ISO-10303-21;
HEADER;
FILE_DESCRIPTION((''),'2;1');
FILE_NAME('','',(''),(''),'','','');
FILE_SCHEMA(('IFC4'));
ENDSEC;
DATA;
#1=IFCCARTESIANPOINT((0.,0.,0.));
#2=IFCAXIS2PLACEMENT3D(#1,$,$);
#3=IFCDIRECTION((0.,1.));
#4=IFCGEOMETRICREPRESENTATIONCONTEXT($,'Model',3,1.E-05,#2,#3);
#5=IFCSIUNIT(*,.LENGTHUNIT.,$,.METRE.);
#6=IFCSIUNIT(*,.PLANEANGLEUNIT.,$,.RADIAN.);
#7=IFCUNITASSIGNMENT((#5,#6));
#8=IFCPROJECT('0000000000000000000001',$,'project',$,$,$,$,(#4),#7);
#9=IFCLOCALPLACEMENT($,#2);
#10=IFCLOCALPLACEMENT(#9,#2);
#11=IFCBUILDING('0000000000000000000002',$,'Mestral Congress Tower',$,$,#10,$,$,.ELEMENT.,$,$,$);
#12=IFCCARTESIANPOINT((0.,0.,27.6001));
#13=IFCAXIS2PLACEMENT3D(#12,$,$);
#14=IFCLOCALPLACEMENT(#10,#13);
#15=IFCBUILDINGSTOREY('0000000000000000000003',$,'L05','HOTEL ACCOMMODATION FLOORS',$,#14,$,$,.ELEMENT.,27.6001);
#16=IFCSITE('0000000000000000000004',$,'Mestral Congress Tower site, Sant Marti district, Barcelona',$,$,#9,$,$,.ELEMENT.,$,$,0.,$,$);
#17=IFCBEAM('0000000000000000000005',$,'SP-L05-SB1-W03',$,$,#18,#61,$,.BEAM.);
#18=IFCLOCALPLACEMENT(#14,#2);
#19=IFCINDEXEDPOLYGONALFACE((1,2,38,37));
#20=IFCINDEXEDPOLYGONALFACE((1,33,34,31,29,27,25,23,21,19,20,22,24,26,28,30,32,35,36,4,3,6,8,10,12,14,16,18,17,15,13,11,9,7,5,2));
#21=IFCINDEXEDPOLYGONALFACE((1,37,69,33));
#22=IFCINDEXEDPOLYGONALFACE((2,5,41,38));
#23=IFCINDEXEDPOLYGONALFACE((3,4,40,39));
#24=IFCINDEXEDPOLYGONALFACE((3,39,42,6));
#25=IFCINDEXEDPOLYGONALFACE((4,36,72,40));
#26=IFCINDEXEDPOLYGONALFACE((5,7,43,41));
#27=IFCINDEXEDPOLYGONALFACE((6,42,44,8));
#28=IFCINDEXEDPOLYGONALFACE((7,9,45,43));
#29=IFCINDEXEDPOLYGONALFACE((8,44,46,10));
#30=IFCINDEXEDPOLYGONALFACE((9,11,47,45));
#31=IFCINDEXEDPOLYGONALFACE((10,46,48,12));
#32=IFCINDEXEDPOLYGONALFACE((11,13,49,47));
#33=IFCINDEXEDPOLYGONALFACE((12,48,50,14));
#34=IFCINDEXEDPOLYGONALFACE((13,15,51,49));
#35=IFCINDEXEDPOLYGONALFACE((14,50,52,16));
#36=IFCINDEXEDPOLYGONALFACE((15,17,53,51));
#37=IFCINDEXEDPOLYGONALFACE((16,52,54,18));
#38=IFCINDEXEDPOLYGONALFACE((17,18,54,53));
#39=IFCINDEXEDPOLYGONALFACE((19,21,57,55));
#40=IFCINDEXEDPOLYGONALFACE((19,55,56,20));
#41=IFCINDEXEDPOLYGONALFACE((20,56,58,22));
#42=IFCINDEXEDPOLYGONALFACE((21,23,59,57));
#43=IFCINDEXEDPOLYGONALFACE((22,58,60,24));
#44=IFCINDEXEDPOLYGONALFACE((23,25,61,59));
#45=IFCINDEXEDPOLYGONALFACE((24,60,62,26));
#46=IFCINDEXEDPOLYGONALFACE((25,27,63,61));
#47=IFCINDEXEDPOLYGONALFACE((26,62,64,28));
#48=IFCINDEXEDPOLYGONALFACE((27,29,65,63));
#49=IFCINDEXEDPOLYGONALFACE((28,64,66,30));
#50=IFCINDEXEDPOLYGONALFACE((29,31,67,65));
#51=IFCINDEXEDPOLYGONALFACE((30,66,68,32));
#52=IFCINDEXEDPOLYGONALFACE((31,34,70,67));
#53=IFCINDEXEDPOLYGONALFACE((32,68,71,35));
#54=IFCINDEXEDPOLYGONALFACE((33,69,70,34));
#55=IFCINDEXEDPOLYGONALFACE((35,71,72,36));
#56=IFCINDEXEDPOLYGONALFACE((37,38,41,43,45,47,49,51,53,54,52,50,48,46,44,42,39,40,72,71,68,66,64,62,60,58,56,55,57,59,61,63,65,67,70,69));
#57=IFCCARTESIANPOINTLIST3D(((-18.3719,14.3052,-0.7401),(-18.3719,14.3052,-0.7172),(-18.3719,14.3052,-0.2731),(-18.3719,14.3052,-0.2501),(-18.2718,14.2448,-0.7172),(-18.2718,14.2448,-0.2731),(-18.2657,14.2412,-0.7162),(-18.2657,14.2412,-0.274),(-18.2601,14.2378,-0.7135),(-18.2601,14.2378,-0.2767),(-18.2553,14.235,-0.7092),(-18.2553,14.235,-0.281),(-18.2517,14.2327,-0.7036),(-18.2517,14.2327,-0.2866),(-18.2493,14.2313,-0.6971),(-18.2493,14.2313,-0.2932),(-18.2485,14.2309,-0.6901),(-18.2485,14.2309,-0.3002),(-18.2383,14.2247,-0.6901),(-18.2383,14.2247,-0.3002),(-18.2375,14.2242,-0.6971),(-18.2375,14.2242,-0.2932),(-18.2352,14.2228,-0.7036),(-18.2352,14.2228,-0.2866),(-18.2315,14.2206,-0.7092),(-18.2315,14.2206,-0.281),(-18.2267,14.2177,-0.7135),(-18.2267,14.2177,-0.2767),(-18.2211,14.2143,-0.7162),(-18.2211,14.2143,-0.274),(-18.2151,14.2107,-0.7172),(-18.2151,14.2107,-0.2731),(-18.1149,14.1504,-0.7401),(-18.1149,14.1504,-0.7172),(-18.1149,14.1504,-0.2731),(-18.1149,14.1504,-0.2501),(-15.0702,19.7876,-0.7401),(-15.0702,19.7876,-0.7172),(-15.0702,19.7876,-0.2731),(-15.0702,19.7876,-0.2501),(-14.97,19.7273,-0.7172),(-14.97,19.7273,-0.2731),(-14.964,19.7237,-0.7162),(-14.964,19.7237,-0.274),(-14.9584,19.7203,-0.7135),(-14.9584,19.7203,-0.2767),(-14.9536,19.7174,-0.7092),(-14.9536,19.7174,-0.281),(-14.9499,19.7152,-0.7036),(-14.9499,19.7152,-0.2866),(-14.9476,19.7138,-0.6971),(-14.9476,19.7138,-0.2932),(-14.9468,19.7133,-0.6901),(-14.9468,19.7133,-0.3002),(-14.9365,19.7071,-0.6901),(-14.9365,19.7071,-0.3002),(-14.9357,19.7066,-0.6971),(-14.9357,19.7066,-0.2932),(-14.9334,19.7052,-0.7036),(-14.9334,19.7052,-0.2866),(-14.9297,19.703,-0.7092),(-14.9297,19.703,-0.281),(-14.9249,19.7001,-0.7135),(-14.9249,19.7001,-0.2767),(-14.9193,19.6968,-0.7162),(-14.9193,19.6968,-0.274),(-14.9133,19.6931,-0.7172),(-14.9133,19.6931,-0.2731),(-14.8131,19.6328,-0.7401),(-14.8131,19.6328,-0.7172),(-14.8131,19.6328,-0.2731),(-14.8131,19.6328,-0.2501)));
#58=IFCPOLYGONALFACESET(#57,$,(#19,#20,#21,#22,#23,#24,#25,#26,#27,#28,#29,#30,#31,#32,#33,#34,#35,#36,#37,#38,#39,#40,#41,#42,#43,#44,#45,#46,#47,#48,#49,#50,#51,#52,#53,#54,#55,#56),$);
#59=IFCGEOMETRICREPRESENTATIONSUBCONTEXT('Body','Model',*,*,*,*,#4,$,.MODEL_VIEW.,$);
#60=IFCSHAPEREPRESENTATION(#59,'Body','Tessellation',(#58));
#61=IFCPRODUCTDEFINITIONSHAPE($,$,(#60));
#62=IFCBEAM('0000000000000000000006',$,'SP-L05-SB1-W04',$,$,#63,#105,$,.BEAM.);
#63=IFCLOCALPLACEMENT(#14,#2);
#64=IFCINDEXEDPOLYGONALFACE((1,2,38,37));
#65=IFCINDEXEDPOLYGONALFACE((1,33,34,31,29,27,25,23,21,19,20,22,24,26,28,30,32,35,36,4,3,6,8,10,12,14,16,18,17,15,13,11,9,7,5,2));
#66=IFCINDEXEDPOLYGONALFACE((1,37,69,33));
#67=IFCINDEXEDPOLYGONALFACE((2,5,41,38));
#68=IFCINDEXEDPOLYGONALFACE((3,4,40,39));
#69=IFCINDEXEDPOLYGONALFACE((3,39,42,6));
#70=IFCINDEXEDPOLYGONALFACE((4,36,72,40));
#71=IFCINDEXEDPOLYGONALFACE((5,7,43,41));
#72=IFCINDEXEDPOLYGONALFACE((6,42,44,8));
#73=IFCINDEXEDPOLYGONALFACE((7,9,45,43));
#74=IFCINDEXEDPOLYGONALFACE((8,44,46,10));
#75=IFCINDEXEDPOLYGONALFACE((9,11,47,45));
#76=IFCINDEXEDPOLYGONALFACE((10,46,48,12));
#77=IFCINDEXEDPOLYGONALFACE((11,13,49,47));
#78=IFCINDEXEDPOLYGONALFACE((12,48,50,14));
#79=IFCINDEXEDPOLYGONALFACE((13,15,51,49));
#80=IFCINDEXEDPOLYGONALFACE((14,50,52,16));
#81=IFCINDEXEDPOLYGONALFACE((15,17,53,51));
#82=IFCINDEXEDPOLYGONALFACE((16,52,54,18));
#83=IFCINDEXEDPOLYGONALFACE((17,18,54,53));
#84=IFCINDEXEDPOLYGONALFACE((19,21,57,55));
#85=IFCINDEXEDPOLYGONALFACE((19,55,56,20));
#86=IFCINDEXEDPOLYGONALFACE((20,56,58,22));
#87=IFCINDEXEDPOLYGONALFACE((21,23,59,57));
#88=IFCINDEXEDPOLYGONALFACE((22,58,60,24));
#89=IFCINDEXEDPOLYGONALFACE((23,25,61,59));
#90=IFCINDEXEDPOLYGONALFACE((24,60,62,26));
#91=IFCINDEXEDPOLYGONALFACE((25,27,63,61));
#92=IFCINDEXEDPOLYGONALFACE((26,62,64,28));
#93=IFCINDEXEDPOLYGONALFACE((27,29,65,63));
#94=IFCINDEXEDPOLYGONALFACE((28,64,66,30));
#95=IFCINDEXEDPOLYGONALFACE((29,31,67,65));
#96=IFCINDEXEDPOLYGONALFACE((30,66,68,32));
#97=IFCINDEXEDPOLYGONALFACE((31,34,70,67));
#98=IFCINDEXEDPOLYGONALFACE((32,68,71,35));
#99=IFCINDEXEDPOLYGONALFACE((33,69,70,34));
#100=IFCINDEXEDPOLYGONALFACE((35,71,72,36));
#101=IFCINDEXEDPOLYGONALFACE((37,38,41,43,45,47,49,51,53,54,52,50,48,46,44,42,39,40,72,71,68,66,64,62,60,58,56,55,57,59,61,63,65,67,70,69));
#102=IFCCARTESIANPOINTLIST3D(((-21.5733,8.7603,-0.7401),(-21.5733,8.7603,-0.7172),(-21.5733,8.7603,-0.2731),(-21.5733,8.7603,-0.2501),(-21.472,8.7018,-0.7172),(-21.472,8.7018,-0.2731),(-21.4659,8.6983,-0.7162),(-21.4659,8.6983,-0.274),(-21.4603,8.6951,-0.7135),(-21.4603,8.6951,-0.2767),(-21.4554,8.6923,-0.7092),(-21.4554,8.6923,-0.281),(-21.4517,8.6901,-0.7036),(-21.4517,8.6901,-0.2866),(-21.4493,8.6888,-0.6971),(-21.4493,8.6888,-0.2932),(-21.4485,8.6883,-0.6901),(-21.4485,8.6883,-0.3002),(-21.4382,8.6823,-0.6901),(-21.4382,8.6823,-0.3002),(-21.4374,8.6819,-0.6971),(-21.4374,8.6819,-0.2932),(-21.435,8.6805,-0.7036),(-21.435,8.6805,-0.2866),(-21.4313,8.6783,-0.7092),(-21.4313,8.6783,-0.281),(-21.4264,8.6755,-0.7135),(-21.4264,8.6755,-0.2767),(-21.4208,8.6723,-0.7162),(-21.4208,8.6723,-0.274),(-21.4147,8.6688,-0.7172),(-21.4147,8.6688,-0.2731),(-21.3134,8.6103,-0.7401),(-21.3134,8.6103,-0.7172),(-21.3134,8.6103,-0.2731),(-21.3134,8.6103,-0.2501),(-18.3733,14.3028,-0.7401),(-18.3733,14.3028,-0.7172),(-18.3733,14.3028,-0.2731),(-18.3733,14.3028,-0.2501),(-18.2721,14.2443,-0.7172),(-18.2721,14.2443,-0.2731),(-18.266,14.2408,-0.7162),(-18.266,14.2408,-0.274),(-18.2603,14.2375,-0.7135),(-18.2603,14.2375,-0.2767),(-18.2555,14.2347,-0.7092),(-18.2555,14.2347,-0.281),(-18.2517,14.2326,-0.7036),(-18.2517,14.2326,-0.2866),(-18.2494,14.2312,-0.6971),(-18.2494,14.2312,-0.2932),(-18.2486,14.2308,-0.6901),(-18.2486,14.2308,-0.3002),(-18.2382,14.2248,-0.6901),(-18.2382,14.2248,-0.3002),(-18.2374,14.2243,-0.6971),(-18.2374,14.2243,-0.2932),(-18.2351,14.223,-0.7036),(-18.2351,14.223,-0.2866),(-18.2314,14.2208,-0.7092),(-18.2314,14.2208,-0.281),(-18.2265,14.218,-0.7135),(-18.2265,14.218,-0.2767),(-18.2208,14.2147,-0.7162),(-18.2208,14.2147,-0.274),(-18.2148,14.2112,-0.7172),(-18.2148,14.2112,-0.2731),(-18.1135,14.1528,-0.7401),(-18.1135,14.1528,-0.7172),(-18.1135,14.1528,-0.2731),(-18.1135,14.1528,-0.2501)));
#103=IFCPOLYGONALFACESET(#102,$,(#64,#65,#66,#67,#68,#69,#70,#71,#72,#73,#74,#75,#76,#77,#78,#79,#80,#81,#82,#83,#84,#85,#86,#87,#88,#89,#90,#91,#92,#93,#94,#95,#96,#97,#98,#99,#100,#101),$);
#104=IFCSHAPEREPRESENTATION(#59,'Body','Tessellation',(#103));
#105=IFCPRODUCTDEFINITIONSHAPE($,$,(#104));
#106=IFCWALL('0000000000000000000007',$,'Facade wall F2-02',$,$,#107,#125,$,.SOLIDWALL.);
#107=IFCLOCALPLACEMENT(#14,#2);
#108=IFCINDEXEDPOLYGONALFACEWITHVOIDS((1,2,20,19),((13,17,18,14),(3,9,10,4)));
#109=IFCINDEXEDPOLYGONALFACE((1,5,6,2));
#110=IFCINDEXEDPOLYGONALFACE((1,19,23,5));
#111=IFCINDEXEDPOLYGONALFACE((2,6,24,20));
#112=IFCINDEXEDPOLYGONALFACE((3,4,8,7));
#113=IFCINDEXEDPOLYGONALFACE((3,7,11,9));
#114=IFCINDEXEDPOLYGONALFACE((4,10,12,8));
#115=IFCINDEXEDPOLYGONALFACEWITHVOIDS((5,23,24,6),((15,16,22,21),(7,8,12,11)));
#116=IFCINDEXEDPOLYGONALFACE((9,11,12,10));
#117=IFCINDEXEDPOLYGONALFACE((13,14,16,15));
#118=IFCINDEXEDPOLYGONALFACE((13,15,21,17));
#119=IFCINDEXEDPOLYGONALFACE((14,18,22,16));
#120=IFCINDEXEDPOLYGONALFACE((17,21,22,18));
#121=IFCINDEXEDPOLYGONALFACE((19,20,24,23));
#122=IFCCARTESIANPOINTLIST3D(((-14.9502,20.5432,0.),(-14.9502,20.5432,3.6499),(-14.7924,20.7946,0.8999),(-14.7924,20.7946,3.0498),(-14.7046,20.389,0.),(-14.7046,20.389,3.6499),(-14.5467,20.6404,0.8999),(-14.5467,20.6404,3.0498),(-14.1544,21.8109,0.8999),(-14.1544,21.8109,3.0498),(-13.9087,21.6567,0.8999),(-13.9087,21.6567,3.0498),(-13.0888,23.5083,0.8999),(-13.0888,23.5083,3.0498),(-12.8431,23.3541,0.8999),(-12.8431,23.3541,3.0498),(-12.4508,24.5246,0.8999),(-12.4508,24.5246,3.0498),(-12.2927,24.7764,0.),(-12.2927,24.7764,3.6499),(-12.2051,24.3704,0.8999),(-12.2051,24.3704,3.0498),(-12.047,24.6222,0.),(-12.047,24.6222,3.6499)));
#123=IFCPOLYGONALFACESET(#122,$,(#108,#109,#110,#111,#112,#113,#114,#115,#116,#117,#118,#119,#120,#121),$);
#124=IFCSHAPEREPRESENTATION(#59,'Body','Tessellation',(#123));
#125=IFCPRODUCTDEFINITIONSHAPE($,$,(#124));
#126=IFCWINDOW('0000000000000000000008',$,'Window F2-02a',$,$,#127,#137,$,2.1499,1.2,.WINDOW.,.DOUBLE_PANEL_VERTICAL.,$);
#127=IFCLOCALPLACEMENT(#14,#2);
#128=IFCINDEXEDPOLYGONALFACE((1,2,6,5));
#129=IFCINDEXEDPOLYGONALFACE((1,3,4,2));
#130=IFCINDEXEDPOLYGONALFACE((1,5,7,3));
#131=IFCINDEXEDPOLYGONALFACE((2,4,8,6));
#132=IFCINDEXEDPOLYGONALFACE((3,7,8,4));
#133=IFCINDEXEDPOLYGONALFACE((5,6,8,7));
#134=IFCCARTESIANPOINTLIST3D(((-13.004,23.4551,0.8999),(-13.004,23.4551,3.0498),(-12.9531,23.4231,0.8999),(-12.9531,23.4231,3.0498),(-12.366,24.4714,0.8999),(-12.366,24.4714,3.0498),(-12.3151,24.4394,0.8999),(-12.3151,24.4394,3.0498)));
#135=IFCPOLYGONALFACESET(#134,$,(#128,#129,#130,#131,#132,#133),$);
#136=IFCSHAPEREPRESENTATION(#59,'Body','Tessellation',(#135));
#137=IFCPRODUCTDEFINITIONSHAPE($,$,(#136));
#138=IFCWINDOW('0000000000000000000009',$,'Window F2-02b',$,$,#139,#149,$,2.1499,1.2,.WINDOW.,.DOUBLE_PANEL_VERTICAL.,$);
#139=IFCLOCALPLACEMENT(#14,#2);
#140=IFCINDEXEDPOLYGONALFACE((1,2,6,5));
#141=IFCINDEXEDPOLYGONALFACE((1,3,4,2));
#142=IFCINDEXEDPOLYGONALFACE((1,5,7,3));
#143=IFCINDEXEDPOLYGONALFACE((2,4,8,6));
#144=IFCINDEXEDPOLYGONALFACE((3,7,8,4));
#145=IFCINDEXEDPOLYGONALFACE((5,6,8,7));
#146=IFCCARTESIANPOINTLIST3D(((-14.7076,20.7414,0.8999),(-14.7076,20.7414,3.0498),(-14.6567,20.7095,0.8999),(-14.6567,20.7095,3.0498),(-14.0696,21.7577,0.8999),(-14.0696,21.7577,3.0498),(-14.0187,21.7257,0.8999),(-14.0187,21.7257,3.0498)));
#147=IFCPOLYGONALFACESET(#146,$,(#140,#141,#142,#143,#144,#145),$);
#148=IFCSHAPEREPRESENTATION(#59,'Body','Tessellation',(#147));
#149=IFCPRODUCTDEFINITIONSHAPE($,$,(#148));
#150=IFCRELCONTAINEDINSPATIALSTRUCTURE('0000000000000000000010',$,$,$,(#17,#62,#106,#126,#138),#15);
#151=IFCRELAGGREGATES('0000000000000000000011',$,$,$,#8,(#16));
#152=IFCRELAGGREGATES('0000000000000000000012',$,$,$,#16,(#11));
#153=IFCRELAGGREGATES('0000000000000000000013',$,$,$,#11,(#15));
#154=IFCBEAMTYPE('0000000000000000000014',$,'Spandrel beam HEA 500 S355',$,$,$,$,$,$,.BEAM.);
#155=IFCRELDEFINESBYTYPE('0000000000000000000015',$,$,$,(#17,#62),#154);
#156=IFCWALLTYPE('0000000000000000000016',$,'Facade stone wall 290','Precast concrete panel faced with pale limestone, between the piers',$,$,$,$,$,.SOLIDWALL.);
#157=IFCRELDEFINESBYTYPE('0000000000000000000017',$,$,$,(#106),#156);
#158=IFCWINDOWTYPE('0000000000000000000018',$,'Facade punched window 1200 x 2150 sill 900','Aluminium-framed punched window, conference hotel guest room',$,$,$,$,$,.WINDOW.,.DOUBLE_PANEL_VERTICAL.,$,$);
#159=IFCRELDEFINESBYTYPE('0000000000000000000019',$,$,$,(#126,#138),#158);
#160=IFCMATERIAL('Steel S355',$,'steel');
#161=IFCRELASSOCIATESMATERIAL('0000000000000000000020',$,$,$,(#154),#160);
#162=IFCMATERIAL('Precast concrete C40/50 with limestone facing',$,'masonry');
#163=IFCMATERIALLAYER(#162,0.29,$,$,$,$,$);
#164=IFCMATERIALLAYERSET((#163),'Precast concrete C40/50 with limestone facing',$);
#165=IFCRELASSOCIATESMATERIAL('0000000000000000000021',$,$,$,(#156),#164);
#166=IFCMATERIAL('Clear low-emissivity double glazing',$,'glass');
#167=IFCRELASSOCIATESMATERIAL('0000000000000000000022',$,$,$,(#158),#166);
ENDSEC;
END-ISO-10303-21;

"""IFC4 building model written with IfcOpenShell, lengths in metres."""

from ifc_helpers import new_model, si_unit, direction, frame, frame_2d, origin, origin_2d, place, context, subcontext, project, spatial, rectangle, i_section, extrude, material, layer, layer_set, material_profile, profile_set, type_object, element, fill, save


model = new_model("IFC4")

# Units and contexts
model_context = context("Model", 3, precision=1e-05, world=origin(), true_north=direction((0.0, 1.0)))
body_context = subcontext(model_context, "Body", "Model", "MODEL_VIEW")
ifc_project = project(units=[si_unit("LENGTHUNIT", "METRE"), si_unit("PLANEANGLEUNIT", "RADIAN")], contexts=[model_context])

# Site, building, storey
site_placement = place(None, origin())
site = spatial("IfcSite", under=ifc_project, at=site_placement, Name="Mestral Congress Tower site, Sant Marti district, Barcelona", CompositionType="ELEMENT", RefElevation=0.0)
building_placement = place(site_placement, origin())
building = spatial("IfcBuilding", under=site, at=building_placement, Name="Mestral Congress Tower", CompositionType="ELEMENT")
storey_placement = place(building_placement, frame((0.0, 0.0, 27.6001)))
storey = spatial("IfcBuildingStorey", under=building, at=storey_placement, Name="L05", Description="HOTEL ACCOMMODATION FLOORS", CompositionType="ELEMENT", Elevation=27.6001)

# Beams
ifc_material_1 = material(Name="Steel S355", Category="steel")
ifc_material_profile_1 = material_profile(ifc_material_1, i_section(OverallWidth=0.3, OverallDepth=0.49, WebThickness=0.012, FlangeThickness=0.0229, FilletRadius=0.0271, at=origin_2d()), Name="HEA 500")
ifc_profile_set_1 = profile_set([ifc_material_profile_1], Name="Steel S355")
beam_type_1 = type_object("IfcBeamType", Name="Spandrel beam HEA 500 S355", PredefinedType="BEAM", material=ifc_profile_set_1)
for number, where, z_axis, x_axis, name in (
    (1, (-14.9417, 19.7102, -0.4951), (-0.515909, -0.856644, 0.0), (0.856644, -0.515909, 0.0), "SP-L05-SB1-W03"),
    (2, (-18.2434, 14.2278, -0.4951), (-0.5, -0.866025, 0.0), (0.866025, -0.5, 0.0), "SP-L05-SB1-W04"),
):
    element("IfcBeam", number, at=place(storey_placement, frame(where, z_axis=z_axis, x_axis=x_axis)), inside=storey, type_object=beam_type_1, Name=name, PredefinedType="BEAM", context=body_context, shape_type="SweptSolid", body=[
        extrude(i_section(OverallWidth=0.3, OverallDepth=0.49, WebThickness=0.012, FlangeThickness=0.0229, FilletRadius=0.0271, at=origin_2d()), origin(), (0.0, 0.0, 1.0), 6.3999),
    ])

# Wall, openings, windows
ifc_material_2 = material(Name="Precast concrete C40/50 with limestone facing", Category="masonry")
ifc_layer_1 = layer(ifc_material_2, 0.29)
ifc_layer_set_1 = layer_set([ifc_layer_1], Name="Precast concrete C40/50 with limestone facing")
wall_type_1 = type_object("IfcWallType", Name="Facade stone wall 290", Description="Precast concrete panel faced with pale limestone, between the piers", PredefinedType="SOLIDWALL", material=ifc_layer_set_1)
wall_1_placement = place(storey_placement, frame((-12.1699, 24.6992, 0.0), z_axis=(0.0, 0.0, 1.0), x_axis=(-0.531688, -0.84694, 0.0)))
wall_1 = element("IfcWall", 3, at=wall_1_placement, inside=storey, type_object=wall_type_1, Name="Facade wall F2-02", PredefinedType="SOLIDWALL", context=body_context, shape_type="SweptSolid", body=[
    extrude(rectangle(XDim=4.9983, YDim=0.29, at=frame_2d((2.499, 0.0))), origin(), (0.0, 0.0, 1.0), 3.6499),
])
opening_1_placement = place(wall_1_placement, frame((0.2971, 0.0, 0.8999)))
opening_1 = element("IfcOpeningElement", 4, at=opening_1_placement, cuts=wall_1, PredefinedType="OPENING", context=body_context, shape_type="SweptSolid", body=[
    extrude(rectangle(XDim=1.2, YDim=2.1499, at=frame_2d((0.6001, 1.075))), frame((0.0, 0.155, 0.0), z_axis=(0.0, -1.0, 0.0), x_axis=(1.0, 0.0, 0.0)), (0.0, 0.0, 1.0), 0.3101),
])
opening_2_placement = place(wall_1_placement, frame((3.5012, 0.0, 0.8999)))
opening_2 = element("IfcOpeningElement", 5, at=opening_2_placement, cuts=wall_1, PredefinedType="OPENING", context=body_context, shape_type="SweptSolid", body=[
    extrude(rectangle(XDim=1.2, YDim=2.1499, at=frame_2d((0.6001, 1.075))), frame((0.0, 0.155, 0.0), z_axis=(0.0, -1.0, 0.0), x_axis=(1.0, 0.0, 0.0)), (0.0, 0.0, 1.0), 0.3101),
])
ifc_material_3 = material(Name="Clear low-emissivity double glazing", Category="glass")
window_type = type_object("IfcWindowType", Name="Facade punched window 1200 x 2150 sill 900", Description="Aluminium-framed punched window, conference hotel guest room", PartitioningType="DOUBLE_PANEL_VERTICAL", PredefinedType="WINDOW", material=ifc_material_3)
window_1_placement = place(opening_1_placement, origin())
window_1 = element("IfcWindow", 6, at=window_1_placement, inside=storey, type_object=window_type, Name="Window F2-02a", OverallHeight=2.1499, OverallWidth=1.2, PartitioningType="DOUBLE_PANEL_VERTICAL", PredefinedType="WINDOW", context=body_context, shape_type="SweptSolid", body=[
    extrude(rectangle(XDim=1.2, YDim=2.1499, at=frame_2d((0.6001, 1.075))), frame((0.0, 0.0151, 0.0), z_axis=(0.0, -1.0, 0.0), x_axis=(1.0, 0.0, 0.0)), (0.0, 0.0, 1.0), 0.0601),
])
fill(opening_1, window_1)
window_2_placement = place(opening_2_placement, origin())
window_2 = element("IfcWindow", 7, at=window_2_placement, inside=storey, type_object=window_type, Name="Window F2-02b", OverallHeight=2.1499, OverallWidth=1.2, PartitioningType="DOUBLE_PANEL_VERTICAL", PredefinedType="WINDOW", context=body_context, shape_type="SweptSolid", body=[
    extrude(rectangle(XDim=1.2, YDim=2.1499, at=frame_2d((0.6001, 1.075))), frame((0.0, 0.0151, 0.0), z_axis=(0.0, -1.0, 0.0), x_axis=(1.0, 0.0, 0.0)), (0.0, 0.0, 1.0), 0.0601),
])
fill(opening_2, window_2)

save(model, "model.ifc")
